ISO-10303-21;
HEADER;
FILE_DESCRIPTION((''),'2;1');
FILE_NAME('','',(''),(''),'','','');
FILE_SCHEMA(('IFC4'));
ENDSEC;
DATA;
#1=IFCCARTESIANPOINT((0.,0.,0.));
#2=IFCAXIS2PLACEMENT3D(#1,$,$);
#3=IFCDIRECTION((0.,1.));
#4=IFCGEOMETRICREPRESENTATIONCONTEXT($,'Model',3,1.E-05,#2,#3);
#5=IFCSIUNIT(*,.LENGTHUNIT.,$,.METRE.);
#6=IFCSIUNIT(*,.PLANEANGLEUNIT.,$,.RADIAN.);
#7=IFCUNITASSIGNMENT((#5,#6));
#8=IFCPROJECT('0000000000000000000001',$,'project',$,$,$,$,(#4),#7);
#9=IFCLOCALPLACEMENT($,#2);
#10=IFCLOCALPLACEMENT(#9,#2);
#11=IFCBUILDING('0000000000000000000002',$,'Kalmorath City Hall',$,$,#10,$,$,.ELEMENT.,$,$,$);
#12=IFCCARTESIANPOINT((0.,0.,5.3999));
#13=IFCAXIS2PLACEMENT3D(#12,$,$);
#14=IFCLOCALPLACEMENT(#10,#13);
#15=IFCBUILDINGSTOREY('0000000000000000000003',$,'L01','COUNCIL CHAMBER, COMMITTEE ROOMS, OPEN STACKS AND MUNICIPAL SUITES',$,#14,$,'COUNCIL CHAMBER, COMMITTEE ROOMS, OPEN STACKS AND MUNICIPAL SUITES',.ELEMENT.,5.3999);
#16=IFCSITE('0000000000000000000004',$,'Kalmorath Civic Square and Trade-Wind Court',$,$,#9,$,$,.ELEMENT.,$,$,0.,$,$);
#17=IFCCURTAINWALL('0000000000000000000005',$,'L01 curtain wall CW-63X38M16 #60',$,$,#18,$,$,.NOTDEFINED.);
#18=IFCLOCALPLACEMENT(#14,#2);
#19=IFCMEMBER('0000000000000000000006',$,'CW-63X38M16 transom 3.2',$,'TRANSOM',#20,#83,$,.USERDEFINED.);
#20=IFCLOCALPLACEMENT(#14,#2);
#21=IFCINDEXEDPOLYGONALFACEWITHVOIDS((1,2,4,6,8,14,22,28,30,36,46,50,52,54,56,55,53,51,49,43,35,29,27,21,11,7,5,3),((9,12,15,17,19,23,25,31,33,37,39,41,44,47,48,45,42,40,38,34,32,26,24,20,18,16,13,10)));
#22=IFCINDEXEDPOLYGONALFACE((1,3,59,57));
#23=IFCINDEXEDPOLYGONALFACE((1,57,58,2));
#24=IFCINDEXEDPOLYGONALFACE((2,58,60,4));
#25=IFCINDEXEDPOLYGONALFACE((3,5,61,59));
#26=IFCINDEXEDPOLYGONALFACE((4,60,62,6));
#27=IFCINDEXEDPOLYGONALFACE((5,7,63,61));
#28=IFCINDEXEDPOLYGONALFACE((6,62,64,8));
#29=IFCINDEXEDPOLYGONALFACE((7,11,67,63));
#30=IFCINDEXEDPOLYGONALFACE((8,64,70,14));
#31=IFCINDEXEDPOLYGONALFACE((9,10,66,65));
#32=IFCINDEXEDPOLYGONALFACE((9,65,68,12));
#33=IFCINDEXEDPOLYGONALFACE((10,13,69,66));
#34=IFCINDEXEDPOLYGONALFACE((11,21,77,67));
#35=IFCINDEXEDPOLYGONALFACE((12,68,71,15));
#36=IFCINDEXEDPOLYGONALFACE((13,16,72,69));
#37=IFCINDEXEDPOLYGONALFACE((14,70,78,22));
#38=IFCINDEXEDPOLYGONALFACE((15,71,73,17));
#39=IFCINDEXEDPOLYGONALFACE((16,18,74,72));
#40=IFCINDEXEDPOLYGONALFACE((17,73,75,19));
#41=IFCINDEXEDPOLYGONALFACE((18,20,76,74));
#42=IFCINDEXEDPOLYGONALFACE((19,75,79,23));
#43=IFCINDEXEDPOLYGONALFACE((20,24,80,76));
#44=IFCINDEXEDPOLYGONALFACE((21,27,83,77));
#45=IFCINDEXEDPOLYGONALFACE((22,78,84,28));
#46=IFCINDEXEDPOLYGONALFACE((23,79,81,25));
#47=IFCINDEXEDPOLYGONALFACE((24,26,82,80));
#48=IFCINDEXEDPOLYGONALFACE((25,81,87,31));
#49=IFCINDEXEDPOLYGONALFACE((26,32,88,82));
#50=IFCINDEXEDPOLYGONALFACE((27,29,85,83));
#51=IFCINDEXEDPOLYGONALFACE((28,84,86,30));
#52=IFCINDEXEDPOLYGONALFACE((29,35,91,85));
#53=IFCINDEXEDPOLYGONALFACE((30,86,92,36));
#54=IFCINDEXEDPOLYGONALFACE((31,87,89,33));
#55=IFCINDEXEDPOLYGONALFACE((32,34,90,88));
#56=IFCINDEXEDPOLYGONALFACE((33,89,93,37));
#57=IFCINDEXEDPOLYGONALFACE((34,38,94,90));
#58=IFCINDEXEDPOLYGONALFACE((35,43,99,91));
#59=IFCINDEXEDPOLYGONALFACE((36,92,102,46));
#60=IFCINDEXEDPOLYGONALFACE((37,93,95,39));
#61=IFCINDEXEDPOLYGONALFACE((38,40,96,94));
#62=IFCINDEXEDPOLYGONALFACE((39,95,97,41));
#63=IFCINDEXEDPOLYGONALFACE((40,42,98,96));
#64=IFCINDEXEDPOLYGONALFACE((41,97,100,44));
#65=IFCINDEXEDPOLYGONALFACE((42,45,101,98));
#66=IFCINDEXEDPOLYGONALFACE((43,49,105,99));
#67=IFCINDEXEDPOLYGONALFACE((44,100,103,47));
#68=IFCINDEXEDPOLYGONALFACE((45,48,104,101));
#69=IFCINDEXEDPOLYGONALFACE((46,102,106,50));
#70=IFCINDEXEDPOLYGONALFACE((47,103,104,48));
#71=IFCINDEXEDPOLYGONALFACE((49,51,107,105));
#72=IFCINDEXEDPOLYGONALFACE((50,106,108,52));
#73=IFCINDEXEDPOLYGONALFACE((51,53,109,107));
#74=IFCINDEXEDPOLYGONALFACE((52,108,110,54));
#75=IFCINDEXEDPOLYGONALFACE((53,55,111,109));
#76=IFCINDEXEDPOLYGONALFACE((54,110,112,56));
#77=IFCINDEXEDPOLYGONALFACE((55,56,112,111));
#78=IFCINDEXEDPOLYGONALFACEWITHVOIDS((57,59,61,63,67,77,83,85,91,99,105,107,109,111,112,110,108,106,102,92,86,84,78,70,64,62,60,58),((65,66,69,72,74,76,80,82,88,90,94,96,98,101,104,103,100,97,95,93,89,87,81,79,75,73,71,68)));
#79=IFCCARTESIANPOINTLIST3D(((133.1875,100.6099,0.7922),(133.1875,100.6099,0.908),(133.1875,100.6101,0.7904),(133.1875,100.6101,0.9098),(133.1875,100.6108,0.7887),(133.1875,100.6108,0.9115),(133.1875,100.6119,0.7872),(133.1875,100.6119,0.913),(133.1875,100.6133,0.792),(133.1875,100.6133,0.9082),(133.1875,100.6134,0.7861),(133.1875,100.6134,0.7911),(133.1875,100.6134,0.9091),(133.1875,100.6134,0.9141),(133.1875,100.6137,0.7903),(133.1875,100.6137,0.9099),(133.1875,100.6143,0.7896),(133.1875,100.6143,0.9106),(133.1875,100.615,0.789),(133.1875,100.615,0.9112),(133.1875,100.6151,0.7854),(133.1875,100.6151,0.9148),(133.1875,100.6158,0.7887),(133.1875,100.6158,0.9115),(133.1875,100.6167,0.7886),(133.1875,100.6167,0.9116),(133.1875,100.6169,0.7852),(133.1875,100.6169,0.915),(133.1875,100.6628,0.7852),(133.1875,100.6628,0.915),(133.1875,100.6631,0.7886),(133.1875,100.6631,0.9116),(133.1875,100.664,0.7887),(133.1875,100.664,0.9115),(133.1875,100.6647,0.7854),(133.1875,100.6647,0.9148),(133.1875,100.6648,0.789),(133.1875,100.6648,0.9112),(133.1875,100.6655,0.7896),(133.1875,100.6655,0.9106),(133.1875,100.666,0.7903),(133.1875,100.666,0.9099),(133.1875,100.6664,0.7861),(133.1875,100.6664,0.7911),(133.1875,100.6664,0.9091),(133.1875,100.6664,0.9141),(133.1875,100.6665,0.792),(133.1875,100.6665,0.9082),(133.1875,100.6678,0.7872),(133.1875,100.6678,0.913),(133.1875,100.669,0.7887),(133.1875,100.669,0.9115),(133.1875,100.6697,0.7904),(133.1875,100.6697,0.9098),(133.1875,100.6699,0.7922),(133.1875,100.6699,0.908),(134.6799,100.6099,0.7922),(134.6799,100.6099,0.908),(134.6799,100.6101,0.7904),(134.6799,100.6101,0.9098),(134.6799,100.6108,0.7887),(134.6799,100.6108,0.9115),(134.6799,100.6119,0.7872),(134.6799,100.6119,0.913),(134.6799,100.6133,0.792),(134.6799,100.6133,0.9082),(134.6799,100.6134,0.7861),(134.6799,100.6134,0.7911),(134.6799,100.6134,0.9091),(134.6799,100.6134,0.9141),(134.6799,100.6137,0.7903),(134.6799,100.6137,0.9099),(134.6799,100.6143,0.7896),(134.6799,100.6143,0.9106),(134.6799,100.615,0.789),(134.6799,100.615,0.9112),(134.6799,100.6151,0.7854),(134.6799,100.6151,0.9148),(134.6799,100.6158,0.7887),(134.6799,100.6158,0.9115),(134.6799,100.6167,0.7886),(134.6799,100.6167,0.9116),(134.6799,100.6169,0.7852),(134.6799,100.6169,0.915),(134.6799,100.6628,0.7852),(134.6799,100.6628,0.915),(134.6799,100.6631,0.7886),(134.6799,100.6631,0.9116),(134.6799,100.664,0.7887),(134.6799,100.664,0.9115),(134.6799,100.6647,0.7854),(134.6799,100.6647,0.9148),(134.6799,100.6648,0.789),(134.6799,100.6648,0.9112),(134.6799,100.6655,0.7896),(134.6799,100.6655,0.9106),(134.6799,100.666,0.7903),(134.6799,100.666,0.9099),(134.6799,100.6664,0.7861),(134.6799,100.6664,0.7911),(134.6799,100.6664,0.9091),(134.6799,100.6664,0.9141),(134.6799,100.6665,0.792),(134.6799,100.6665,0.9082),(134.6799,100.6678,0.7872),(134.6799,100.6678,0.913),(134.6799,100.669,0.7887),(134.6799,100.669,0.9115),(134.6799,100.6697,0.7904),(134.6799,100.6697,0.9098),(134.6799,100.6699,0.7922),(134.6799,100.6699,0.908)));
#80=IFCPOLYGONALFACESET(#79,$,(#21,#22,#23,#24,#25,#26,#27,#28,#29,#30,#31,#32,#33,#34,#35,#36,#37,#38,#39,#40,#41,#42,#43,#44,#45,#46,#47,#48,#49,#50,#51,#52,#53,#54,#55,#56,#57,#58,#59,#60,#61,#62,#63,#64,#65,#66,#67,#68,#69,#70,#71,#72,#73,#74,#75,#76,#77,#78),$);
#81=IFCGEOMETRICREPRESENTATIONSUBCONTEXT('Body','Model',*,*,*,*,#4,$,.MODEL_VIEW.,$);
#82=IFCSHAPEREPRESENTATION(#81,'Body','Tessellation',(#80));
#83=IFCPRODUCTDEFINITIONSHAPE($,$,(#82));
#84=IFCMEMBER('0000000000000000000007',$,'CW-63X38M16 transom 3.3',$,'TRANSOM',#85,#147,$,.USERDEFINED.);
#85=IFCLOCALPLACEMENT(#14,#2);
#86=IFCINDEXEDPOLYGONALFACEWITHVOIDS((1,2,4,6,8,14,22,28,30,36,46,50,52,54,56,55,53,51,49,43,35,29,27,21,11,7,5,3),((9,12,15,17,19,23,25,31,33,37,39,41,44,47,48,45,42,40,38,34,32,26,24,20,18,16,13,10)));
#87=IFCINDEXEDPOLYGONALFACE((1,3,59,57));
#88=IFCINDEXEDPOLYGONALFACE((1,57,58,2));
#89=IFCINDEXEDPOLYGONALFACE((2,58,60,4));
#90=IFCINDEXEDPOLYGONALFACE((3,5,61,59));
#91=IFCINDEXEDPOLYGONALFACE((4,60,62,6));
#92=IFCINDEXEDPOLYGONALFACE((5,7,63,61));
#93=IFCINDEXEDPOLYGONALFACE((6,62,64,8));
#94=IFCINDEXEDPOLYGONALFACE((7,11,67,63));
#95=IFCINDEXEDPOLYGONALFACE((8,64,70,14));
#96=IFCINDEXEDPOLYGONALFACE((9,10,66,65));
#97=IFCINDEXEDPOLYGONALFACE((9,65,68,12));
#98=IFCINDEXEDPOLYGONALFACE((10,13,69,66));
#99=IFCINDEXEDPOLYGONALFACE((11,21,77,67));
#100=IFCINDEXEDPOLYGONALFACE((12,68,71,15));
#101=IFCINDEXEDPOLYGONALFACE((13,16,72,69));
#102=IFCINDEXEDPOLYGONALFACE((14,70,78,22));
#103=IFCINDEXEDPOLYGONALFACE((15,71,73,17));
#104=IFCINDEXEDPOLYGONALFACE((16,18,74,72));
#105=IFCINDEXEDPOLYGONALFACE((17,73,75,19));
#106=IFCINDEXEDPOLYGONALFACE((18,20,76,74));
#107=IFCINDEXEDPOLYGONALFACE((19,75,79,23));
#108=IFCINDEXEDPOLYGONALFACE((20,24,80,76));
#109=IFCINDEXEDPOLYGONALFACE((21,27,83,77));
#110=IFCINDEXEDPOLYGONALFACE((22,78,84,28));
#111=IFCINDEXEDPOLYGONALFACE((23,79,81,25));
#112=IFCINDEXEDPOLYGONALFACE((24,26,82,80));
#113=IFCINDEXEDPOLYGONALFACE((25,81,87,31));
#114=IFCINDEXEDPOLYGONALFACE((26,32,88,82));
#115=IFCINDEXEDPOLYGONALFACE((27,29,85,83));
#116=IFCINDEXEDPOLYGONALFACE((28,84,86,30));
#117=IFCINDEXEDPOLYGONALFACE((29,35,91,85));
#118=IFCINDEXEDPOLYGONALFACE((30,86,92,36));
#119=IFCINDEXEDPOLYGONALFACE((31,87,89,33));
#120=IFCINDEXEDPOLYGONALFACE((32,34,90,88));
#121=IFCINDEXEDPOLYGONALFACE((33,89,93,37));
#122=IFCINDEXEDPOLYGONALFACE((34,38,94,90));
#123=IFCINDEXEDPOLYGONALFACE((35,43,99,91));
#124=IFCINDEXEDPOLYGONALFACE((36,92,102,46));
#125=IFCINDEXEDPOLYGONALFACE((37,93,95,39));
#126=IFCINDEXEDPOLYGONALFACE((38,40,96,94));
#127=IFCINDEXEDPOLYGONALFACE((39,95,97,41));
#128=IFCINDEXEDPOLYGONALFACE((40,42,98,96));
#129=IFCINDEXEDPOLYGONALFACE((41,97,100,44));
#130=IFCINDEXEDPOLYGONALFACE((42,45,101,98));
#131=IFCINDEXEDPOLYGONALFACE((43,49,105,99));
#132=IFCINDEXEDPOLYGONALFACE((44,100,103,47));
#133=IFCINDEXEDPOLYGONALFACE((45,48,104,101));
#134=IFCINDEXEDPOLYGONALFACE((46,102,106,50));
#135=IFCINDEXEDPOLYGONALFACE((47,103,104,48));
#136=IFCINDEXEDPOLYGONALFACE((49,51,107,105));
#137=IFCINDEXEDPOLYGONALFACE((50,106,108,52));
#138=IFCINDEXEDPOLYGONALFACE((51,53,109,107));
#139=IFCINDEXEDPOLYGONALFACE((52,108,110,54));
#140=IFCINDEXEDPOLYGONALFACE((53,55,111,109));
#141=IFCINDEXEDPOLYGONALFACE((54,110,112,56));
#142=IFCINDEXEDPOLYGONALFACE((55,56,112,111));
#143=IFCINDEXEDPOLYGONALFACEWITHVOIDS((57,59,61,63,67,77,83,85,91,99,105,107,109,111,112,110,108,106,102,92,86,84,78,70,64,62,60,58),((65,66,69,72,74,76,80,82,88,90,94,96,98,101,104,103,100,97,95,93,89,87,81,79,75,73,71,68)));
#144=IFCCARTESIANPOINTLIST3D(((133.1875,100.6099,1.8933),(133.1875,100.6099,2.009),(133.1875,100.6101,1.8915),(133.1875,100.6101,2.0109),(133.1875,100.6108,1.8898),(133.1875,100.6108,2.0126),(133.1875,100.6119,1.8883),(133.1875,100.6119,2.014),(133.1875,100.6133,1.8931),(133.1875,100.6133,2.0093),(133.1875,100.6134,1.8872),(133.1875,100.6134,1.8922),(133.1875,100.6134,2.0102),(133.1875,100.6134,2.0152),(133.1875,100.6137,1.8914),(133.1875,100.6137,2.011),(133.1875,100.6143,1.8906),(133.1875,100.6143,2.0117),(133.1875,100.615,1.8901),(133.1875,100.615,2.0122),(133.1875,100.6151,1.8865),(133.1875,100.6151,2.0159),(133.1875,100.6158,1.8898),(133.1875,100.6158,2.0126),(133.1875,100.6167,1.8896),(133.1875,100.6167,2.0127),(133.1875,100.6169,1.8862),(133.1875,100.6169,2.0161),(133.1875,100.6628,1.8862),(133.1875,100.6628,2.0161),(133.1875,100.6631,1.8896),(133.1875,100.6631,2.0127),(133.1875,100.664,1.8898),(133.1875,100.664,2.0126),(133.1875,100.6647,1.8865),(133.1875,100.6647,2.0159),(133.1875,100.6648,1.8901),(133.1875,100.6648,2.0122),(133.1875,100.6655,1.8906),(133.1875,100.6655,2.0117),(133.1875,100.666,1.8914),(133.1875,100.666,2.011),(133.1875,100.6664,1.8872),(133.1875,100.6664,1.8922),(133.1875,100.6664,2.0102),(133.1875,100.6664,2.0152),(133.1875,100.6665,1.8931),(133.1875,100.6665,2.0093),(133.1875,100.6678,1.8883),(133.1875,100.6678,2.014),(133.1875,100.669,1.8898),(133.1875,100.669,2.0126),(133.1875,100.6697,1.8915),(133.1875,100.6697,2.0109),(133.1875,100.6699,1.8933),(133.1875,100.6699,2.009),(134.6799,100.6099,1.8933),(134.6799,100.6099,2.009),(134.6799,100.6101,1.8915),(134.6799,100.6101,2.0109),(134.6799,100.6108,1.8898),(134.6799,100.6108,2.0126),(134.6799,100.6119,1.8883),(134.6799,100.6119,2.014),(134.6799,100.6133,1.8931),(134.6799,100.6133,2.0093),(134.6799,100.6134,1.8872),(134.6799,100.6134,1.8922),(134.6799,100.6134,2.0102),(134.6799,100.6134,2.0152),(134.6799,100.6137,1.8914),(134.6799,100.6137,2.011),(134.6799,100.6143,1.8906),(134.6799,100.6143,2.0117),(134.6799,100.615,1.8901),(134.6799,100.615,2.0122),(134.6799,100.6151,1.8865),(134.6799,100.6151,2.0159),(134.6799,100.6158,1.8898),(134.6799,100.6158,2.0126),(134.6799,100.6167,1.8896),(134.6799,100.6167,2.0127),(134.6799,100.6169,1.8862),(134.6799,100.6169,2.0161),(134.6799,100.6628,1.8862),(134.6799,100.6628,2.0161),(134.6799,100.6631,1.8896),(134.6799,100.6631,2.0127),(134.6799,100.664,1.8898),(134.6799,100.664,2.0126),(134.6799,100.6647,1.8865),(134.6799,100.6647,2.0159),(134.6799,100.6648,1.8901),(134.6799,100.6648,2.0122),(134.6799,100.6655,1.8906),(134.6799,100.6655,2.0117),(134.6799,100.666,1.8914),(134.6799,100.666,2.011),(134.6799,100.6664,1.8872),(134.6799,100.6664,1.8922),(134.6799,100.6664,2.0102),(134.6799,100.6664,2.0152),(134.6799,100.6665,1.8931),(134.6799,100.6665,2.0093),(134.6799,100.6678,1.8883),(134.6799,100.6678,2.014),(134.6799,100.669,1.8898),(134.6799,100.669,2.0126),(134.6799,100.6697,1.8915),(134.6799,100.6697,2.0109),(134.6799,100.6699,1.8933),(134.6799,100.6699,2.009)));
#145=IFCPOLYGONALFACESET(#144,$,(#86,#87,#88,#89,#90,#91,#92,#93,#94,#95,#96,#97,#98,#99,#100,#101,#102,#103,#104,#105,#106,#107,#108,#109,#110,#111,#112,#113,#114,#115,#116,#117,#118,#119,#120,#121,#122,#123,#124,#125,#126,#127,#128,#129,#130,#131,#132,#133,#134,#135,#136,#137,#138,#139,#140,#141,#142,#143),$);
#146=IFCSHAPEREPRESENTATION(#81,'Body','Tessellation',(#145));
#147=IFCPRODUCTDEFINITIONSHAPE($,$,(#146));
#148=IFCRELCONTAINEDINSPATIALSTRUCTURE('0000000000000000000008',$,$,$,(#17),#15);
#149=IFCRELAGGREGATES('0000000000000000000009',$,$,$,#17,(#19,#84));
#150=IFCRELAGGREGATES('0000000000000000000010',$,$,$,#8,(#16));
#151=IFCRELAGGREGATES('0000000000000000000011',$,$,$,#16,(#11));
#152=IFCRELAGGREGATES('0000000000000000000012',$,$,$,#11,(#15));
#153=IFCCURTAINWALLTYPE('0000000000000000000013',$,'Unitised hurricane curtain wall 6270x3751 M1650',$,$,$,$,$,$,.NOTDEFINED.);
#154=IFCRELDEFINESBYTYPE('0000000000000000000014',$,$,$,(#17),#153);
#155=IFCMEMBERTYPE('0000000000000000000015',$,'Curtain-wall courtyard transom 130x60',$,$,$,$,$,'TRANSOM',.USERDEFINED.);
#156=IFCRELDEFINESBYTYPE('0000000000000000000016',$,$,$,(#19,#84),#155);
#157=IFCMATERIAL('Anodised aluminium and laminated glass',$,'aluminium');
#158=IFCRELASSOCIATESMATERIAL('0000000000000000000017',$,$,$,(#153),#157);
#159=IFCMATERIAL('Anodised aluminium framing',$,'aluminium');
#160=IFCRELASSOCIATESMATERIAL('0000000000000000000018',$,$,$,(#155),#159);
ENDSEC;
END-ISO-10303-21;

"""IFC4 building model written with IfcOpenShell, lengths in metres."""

from ifc_helpers import new_model, si_unit, direction, frame, origin, origin_2d, place, context, subcontext, project, spatial, hollow_rectangle, extrude, material, material_profile, profile_set, type_object, element, aggregate, save


model = new_model("IFC4")

# Units and contexts
model_context = context("Model", 3, precision=1e-05, world=origin(), true_north=direction((0.0, 1.0)))
body_context = subcontext(model_context, "Body", "Model", "MODEL_VIEW")
ifc_project = project(units=[si_unit("LENGTHUNIT", "METRE"), si_unit("PLANEANGLEUNIT", "RADIAN")], contexts=[model_context])

# Site, building, storey
site_placement = place(None, origin())
site = spatial("IfcSite", under=ifc_project, at=site_placement, Name="Kalmorath Civic Square and Trade-Wind Court", CompositionType="ELEMENT", RefElevation=0.0)
building_placement = place(site_placement, origin())
building = spatial("IfcBuilding", under=site, at=building_placement, Name="Kalmorath City Hall", CompositionType="ELEMENT")
storey_placement = place(building_placement, frame((0.0, 0.0, 5.3999)))
storey = spatial("IfcBuildingStorey", under=building, at=storey_placement, Name="L01", Description="COUNCIL CHAMBER, COMMITTEE ROOMS, OPEN STACKS AND MUNICIPAL SUITES", LongName="COUNCIL CHAMBER, COMMITTEE ROOMS, OPEN STACKS AND MUNICIPAL SUITES", CompositionType="ELEMENT", Elevation=5.3999)

# Curtain wall, members
ifc_material_1 = material(Name="Anodised aluminium and laminated glass", Category="aluminium")
curtain_wall_type_1 = type_object("IfcCurtainWallType", Name="Unitised hurricane curtain wall 6270x3751 M1650", PredefinedType="NOTDEFINED", material=ifc_material_1)
curtain_wall_1_placement = place(storey_placement, origin())
curtain_wall_1 = element("IfcCurtainWall", 1, at=curtain_wall_1_placement, inside=storey, type_object=curtain_wall_type_1, Name="L01 curtain wall CW-63X38M16 #60", PredefinedType="NOTDEFINED")
ifc_material_2 = material(Name="Anodised aluminium framing", Category="aluminium")
ifc_material_profile_1 = material_profile(ifc_material_2, hollow_rectangle(XDim=0.0601, YDim=0.1299, WallThickness=0.0034, InnerFilletRadius=0.0034, OuterFilletRadius=0.0071, at=origin_2d()), Name="ALU-TRN-130X60X3.5")
ifc_profile_set_1 = profile_set([ifc_material_profile_1], Name="Anodised aluminium framing")
member_type_1 = type_object("IfcMemberType", Name="Curtain-wall courtyard transom 130x60", ElementType="TRANSOM", PredefinedType="USERDEFINED", material=ifc_profile_set_1)
member_1_placement = place(storey_placement, frame((133.1875, 100.6399, 0.8501), z_axis=(1.0, 0.0, 0.0), x_axis=(0.0, 1.0, 0.0)))
member_1 = element("IfcMember", 2, at=member_1_placement, type_object=member_type_1, Name="CW-63X38M16 transom 3.2", ObjectType="TRANSOM", PredefinedType="USERDEFINED", context=body_context, shape_type="SweptSolid", body=[
    extrude(hollow_rectangle(XDim=0.0601, YDim=0.1299, WallThickness=0.0034, InnerFilletRadius=0.0034, OuterFilletRadius=0.0071, at=origin_2d()), origin(), (0.0, 0.0, 1.0), 1.4924),
])
member_2_placement = place(storey_placement, frame((133.1875, 100.6399, 1.9512), z_axis=(1.0, 0.0, 0.0), x_axis=(0.0, 1.0, 0.0)))
member_2 = element("IfcMember", 3, at=member_2_placement, type_object=member_type_1, Name="CW-63X38M16 transom 3.3", ObjectType="TRANSOM", PredefinedType="USERDEFINED", context=body_context, shape_type="SweptSolid", body=[
    extrude(hollow_rectangle(XDim=0.0601, YDim=0.1299, WallThickness=0.0034, InnerFilletRadius=0.0034, OuterFilletRadius=0.0071, at=origin_2d()), origin(), (0.0, 0.0, 1.0), 1.4924),
])

aggregate(curtain_wall_1, [member_1, member_2])

save(model, "model.ifc")
